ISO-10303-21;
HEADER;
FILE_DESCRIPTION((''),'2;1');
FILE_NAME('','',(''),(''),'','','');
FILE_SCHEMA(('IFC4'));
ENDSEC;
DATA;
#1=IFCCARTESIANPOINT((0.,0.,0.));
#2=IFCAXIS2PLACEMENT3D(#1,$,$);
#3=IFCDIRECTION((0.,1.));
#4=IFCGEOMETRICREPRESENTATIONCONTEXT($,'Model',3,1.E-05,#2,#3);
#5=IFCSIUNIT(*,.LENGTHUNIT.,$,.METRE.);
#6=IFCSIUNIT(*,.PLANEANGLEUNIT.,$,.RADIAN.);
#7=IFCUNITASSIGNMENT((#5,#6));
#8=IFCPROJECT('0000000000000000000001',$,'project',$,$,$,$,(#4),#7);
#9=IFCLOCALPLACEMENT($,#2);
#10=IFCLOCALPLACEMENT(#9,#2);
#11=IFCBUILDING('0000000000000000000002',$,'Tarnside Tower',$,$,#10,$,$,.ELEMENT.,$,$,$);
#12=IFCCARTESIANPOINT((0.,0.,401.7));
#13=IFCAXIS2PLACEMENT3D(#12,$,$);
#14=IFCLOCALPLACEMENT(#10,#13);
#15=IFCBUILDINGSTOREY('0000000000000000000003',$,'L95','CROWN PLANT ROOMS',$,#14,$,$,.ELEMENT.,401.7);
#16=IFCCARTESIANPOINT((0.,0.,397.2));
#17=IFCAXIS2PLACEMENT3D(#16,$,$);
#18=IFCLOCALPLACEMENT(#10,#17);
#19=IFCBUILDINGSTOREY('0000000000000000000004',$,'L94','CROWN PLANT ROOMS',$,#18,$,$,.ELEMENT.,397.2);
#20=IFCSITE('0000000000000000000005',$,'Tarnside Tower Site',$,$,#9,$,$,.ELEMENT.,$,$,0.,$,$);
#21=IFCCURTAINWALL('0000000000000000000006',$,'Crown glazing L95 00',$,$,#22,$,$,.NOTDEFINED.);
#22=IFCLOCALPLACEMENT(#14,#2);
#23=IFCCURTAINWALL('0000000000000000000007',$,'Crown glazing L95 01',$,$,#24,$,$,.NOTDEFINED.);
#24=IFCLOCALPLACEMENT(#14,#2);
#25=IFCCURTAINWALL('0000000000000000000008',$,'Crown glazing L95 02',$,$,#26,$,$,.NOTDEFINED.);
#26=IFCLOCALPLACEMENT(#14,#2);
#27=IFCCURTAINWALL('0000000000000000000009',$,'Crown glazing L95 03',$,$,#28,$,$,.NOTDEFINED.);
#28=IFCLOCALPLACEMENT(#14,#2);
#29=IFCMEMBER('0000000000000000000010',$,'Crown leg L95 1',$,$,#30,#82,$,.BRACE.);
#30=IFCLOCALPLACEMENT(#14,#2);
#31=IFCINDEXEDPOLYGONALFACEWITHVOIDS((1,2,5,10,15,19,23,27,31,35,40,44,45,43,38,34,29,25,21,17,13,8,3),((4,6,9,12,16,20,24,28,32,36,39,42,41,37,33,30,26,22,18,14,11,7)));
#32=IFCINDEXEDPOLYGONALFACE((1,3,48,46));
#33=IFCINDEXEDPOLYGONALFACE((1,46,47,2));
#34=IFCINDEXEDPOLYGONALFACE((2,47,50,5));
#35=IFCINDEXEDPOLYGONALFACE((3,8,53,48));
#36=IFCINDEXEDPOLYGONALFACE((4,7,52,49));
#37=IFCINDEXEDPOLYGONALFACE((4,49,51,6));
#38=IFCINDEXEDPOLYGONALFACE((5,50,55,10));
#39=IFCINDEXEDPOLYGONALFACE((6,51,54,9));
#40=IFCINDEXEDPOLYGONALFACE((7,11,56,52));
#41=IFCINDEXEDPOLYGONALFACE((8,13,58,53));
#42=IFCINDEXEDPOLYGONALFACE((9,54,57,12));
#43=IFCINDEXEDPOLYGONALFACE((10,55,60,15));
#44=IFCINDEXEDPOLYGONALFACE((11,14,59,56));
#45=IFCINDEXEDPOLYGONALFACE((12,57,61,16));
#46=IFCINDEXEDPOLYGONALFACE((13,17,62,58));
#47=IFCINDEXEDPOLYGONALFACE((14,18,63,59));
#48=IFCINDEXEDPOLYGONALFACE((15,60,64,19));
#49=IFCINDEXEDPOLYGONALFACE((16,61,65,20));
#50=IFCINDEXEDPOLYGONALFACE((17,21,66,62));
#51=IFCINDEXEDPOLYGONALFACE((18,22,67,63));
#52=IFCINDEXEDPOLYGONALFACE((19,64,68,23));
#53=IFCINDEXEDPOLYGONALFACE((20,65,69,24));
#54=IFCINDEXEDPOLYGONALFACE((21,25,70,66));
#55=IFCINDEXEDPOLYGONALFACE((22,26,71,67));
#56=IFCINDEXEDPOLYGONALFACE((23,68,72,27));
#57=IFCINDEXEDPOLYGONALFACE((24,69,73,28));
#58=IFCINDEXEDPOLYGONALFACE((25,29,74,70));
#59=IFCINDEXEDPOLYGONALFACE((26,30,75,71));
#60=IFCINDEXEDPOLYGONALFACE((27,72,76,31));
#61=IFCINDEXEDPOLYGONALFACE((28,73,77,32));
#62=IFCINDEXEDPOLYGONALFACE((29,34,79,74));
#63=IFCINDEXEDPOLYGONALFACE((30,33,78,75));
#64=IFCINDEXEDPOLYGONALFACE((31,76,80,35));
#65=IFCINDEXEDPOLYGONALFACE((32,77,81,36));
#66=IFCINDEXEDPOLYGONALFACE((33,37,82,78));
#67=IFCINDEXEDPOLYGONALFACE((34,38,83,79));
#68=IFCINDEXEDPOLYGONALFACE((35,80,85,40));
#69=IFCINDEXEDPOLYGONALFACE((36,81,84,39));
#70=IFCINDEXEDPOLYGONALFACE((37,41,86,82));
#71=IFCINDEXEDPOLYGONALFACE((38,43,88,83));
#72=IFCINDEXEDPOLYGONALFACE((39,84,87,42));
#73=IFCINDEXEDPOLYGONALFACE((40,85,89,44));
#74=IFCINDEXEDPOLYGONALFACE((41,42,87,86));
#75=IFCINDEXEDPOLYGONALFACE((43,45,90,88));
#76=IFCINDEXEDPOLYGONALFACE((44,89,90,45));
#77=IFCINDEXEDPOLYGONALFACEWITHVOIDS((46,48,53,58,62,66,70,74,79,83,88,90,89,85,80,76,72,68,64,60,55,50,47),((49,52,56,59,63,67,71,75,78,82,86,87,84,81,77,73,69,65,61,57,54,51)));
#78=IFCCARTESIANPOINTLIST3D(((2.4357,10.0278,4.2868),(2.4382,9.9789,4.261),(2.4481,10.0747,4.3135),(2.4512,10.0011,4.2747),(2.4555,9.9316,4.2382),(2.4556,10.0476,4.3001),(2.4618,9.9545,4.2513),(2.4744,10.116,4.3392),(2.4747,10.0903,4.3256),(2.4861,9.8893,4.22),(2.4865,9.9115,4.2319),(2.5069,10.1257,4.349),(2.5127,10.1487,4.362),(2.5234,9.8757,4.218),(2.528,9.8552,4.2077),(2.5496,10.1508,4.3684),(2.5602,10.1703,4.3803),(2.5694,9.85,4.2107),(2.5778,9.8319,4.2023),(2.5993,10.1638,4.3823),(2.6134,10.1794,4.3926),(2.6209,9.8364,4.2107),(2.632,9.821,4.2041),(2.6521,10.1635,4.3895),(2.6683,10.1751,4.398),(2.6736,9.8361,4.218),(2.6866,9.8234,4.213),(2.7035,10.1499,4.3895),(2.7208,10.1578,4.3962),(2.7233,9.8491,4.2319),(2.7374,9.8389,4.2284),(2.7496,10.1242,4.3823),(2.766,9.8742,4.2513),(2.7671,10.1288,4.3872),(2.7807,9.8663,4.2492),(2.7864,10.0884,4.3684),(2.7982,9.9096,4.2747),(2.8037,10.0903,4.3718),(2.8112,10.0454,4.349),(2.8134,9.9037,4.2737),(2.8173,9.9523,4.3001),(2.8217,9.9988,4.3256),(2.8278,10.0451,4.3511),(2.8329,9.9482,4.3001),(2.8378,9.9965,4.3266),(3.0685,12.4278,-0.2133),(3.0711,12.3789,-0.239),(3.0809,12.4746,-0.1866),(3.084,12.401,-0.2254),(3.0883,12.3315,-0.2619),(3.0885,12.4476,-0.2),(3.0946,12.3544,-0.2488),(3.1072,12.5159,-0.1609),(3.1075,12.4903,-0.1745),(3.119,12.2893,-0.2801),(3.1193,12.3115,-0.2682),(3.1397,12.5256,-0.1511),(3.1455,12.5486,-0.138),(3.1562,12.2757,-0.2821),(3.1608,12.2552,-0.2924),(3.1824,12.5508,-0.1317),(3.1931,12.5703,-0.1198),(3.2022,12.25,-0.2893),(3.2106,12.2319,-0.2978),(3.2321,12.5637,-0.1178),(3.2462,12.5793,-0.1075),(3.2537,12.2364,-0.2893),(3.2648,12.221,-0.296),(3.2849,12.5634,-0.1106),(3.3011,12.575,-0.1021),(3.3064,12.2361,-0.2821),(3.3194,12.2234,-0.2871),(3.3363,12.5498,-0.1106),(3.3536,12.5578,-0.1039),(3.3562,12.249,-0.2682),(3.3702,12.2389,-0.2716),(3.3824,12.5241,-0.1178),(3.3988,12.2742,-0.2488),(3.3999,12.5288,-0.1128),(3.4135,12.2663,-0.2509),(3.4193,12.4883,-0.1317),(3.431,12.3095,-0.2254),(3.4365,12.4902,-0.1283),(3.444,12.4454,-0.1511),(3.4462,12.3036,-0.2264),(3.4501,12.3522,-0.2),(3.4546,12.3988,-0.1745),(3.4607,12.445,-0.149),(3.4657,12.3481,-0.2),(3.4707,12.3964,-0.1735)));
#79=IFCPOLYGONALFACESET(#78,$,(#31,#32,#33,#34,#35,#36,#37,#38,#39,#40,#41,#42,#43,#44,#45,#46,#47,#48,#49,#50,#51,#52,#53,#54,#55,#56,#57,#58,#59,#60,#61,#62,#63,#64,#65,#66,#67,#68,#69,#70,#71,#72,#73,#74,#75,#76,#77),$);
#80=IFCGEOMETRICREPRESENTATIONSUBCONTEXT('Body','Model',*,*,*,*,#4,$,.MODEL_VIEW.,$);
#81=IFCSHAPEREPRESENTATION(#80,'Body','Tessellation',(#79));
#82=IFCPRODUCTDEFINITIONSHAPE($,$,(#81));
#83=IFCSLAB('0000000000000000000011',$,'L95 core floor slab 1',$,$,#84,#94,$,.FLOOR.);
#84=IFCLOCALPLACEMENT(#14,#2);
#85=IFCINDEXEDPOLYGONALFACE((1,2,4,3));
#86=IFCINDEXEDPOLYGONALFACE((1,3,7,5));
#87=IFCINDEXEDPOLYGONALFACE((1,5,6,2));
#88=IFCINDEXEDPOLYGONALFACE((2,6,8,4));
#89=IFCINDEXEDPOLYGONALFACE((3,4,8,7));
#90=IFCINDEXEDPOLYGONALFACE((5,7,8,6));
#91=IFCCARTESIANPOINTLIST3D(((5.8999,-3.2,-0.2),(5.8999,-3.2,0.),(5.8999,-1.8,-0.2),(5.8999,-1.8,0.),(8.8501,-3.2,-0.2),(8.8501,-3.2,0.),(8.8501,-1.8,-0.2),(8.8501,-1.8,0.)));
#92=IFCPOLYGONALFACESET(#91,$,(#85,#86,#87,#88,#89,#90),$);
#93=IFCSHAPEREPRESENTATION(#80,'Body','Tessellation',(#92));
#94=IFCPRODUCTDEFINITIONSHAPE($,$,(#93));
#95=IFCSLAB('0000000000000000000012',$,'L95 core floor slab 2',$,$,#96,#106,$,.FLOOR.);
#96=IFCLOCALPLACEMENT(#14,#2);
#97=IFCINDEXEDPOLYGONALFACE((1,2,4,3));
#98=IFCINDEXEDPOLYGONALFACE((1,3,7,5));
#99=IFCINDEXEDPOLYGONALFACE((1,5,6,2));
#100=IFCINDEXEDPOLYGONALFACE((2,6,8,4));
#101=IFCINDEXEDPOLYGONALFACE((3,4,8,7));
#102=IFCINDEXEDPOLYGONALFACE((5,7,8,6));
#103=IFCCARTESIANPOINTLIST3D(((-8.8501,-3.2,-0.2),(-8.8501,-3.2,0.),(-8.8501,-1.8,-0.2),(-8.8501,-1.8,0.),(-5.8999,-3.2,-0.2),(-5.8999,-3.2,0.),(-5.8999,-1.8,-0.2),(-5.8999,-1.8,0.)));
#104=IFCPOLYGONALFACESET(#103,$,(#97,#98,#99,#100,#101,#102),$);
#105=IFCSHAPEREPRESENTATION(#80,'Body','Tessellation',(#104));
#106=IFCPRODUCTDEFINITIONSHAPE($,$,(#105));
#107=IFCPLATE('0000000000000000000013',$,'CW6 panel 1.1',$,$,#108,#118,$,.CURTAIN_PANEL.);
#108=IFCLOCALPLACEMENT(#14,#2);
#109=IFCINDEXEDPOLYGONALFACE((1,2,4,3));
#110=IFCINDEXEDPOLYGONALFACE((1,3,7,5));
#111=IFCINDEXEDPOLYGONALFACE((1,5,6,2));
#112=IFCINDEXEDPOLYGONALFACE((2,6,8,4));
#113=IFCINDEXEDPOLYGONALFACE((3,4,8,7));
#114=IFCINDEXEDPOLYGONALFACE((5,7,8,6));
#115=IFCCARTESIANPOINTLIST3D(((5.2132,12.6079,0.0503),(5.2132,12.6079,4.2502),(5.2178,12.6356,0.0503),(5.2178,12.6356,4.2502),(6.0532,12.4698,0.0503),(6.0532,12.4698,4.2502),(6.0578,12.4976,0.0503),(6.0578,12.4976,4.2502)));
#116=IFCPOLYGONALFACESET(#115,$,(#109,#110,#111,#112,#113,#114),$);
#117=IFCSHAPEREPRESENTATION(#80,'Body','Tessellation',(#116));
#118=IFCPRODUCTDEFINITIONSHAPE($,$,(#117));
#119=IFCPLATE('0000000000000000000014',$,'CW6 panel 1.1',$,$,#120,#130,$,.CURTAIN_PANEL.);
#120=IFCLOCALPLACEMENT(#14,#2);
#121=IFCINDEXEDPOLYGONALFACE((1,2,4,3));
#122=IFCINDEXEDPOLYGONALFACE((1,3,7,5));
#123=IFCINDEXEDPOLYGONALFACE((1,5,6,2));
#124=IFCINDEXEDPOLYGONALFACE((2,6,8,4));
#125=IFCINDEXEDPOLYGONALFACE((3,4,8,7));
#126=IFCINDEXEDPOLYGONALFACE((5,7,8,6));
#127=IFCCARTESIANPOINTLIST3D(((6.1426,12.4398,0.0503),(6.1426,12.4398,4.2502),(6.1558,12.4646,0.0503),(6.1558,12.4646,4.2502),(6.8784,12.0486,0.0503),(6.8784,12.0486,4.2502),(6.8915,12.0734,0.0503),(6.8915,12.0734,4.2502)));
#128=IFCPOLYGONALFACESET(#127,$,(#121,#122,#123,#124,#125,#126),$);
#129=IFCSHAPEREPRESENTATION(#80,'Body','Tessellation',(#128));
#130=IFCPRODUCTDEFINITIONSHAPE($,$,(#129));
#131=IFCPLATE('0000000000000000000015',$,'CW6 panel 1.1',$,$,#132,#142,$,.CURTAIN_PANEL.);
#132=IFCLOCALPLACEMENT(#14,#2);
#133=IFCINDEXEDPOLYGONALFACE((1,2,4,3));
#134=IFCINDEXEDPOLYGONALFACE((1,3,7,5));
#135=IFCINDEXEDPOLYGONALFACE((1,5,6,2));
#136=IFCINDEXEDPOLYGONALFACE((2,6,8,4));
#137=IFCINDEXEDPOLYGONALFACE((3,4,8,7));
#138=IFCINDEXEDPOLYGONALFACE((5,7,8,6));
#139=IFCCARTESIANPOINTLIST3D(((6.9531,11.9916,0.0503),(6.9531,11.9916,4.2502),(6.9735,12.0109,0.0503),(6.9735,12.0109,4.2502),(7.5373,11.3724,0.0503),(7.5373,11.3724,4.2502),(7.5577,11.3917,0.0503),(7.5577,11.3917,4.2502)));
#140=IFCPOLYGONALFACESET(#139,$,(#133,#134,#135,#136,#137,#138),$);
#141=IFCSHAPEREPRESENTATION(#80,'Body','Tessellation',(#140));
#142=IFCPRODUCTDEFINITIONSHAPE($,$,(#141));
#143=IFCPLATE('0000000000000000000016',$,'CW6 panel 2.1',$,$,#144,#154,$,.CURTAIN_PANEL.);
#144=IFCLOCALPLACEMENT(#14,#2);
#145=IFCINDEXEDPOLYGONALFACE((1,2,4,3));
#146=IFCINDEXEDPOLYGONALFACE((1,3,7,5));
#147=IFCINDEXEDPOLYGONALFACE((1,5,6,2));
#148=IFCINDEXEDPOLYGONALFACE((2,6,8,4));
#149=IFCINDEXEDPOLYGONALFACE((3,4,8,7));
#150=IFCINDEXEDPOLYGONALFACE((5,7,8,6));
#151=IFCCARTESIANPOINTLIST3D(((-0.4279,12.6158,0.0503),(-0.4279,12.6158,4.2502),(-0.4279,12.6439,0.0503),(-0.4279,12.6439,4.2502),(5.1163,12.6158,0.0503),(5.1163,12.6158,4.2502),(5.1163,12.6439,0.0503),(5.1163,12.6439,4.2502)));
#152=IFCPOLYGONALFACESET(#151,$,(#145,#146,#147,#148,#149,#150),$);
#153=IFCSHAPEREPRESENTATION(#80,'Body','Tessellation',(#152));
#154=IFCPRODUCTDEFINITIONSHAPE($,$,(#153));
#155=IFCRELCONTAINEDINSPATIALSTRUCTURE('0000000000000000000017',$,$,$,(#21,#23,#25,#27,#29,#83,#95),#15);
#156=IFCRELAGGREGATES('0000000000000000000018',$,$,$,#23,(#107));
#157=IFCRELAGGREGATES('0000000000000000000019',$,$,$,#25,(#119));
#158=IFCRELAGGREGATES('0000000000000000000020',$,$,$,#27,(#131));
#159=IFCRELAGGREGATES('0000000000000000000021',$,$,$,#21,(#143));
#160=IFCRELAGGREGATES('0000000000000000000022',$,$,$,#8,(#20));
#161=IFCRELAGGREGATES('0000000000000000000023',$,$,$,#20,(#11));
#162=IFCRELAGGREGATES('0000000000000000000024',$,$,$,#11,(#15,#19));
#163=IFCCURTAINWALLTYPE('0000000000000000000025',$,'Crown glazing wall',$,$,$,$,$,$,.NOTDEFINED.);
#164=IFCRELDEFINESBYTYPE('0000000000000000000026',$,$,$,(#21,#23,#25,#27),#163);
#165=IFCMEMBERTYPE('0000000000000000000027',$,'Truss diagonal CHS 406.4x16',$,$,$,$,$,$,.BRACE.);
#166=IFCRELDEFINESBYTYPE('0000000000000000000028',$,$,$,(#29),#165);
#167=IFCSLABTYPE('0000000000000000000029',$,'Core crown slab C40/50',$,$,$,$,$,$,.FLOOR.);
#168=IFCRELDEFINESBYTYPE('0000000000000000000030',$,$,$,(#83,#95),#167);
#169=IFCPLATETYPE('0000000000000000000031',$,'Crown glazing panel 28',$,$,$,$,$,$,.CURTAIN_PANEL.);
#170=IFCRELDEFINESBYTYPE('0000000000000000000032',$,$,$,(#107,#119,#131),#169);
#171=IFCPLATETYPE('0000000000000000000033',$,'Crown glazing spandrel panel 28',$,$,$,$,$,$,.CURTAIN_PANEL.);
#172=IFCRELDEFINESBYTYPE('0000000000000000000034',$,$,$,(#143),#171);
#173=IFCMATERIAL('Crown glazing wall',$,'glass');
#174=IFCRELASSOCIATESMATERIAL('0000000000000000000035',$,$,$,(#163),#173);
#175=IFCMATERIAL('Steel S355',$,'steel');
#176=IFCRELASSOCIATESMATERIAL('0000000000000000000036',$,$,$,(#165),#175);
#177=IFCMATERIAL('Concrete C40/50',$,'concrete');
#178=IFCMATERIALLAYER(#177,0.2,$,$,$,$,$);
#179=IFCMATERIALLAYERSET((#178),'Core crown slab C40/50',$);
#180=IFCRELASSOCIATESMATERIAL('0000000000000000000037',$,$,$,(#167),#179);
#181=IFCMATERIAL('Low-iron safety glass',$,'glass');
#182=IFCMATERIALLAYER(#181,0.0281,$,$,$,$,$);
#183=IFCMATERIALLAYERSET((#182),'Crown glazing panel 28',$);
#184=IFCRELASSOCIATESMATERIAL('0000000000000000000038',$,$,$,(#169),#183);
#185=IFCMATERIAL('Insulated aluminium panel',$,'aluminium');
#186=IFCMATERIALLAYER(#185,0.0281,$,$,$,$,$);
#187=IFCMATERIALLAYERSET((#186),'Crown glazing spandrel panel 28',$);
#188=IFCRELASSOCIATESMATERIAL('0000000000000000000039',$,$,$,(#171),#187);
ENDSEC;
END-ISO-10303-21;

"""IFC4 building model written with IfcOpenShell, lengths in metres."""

from ifc_helpers import new_model, si_unit, direction, frame, origin, origin_2d, place, context, subcontext, project, spatial, polyline, rectangle, hollow_circle, outline, extrude, material, layer, layer_set, material_profile, profile_set, type_object, element, aggregate, save


model = new_model("IFC4")

# Units and contexts
model_context = context("Model", 3, precision=1e-05, world=origin(), true_north=direction((0.0, 1.0)))
body_context = subcontext(model_context, "Body", "Model", "MODEL_VIEW")
ifc_project = project(units=[si_unit("LENGTHUNIT", "METRE"), si_unit("PLANEANGLEUNIT", "RADIAN")], contexts=[model_context])

# Site, building, storey
site_placement = place(None, origin())
site = spatial("IfcSite", under=ifc_project, at=site_placement, Name="Tarnside Tower Site", CompositionType="ELEMENT", RefElevation=0.0)
building_placement = place(site_placement, origin())
building = spatial("IfcBuilding", under=site, at=building_placement, Name="Tarnside Tower", CompositionType="ELEMENT")
storey_1_placement = place(building_placement, frame((0.0, 0.0, 401.7)))
storey_1 = spatial("IfcBuildingStorey", under=building, at=storey_1_placement, Name="L95", Description="CROWN PLANT ROOMS", CompositionType="ELEMENT", Elevation=401.7)

# Curtain wall
ifc_material_1 = material(Name="Crown glazing wall", Category="glass")
curtain_wall_type = type_object("IfcCurtainWallType", Name="Crown glazing wall", PredefinedType="NOTDEFINED", material=ifc_material_1)
curtain_wall_1_placement = place(storey_1_placement, origin())
curtain_wall_1 = element("IfcCurtainWall", 1, at=curtain_wall_1_placement, inside=storey_1, type_object=curtain_wall_type, Name="Crown glazing L95 00", PredefinedType="NOTDEFINED")

# Curtain walls
curtain_wall_2_placement = place(storey_1_placement, origin())
curtain_wall_2 = element("IfcCurtainWall", 2, at=curtain_wall_2_placement, inside=storey_1, type_object=curtain_wall_type, Name="Crown glazing L95 01", PredefinedType="NOTDEFINED")
curtain_wall_3_placement = place(storey_1_placement, origin())
curtain_wall_3 = element("IfcCurtainWall", 3, at=curtain_wall_3_placement, inside=storey_1, type_object=curtain_wall_type, Name="Crown glazing L95 02", PredefinedType="NOTDEFINED")
curtain_wall_4_placement = place(storey_1_placement, origin())
curtain_wall_4 = element("IfcCurtainWall", 4, at=curtain_wall_4_placement, inside=storey_1, type_object=curtain_wall_type, Name="Crown glazing L95 03", PredefinedType="NOTDEFINED")

# Member
ifc_material_2 = material(Name="Steel S355", Category="steel")
ifc_material_profile_1 = material_profile(ifc_material_2, hollow_circle(Radius=0.2031, WallThickness=0.0161, at=origin_2d()), Name="CHS 406.4x16")
ifc_profile_set_1 = profile_set([ifc_material_profile_1], Name="Steel S355")
member_type_1 = type_object("IfcMemberType", Name="Truss diagonal CHS 406.4x16", PredefinedType="BRACE", material=ifc_profile_set_1)
member_1_placement = place(storey_1_placement, frame((3.2693, 12.3999, -0.2), z_axis=(-0.123138, -0.466992, 0.875646), x_axis=(0.96695, -0.254968, 0.0)))
element("IfcMember", 5, at=member_1_placement, inside=storey_1, type_object=member_type_1, Name="Crown leg L95 1", PredefinedType="BRACE", context=body_context, shape_type="SweptSolid", body=[
    extrude(hollow_circle(Radius=0.2031, WallThickness=0.0161, at=origin_2d()), origin(), (0.0, 0.0, 1.0), 5.1392),
])

# Slabs
ifc_material_3 = material(Name="Concrete C40/50", Category="concrete")
ifc_layer_1 = layer(ifc_material_3, 0.2)
ifc_layer_set_1 = layer_set([ifc_layer_1], Name="Core crown slab C40/50")
slab_type_1 = type_object("IfcSlabType", Name="Core crown slab C40/50", PredefinedType="FLOOR", material=ifc_layer_set_1)
slab_1_placement = place(storey_1_placement, frame((0.0, 0.0, -0.2)))
element("IfcSlab", 6, at=slab_1_placement, inside=storey_1, type_object=slab_type_1, Name="L95 core floor slab 1", PredefinedType="FLOOR", context=body_context, shape_type="SweptSolid", body=[
    extrude(outline(polyline([(8.8501, -3.2), (5.8999, -3.2), (5.8999, 3.2), (5.8999, 3.2), (5.8999, -1.8), (8.8501, -1.8), (8.8501, -3.2)])), origin(), (0.0, 0.0, 1.0), 0.2),
])
slab_2_placement = place(storey_1_placement, frame((0.0, 0.0, -0.2)))
element("IfcSlab", 7, at=slab_2_placement, inside=storey_1, type_object=slab_type_1, Name="L95 core floor slab 2", PredefinedType="FLOOR", context=body_context, shape_type="SweptSolid", body=[
    extrude(outline(polyline([(-5.8999, -3.2), (-8.8501, -3.2), (-8.8501, -1.8), (-5.8999, -1.8), (-5.8999, -3.2)])), origin(), (0.0, 0.0, 1.0), 0.2),
])

# Plates
ifc_material_4 = material(Name="Low-iron safety glass", Category="glass")
ifc_layer_2 = layer(ifc_material_4, 0.0281)
ifc_layer_set_2 = layer_set([ifc_layer_2], Name="Crown glazing panel 28")
plate_type_1 = type_object("IfcPlateType", Name="Crown glazing panel 28", PredefinedType="CURTAIN_PANEL", material=ifc_layer_set_2)
plate_1_placement = place(storey_1_placement, frame((5.6355, 12.5527, 0.0503), z_axis=(0.0, 0.0, 1.0), x_axis=(0.986762, -0.162178, 0.0)))
plate_1 = element("IfcPlate", 8, at=plate_1_placement, type_object=plate_type_1, Name="CW6 panel 1.1", PredefinedType="CURTAIN_PANEL", context=body_context, shape_type="SweptSolid", body=[
    extrude(rectangle(XDim=0.8513, YDim=0.0281, at=origin_2d()), origin(), (0.0, 0.0, 1.0), 4.2),
])
aggregate(curtain_wall_2, [plate_1])
plate_2_placement = place(storey_1_placement, frame((6.5171, 12.2566, 0.0503), z_axis=(0.0, 0.0, 1.0), x_axis=(0.882948, -0.469472, 0.0)))
plate_2 = element("IfcPlate", 9, at=plate_2_placement, type_object=plate_type_1, Name="CW6 panel 1.1", PredefinedType="CURTAIN_PANEL", context=body_context, shape_type="SweptSolid", body=[
    extrude(rectangle(XDim=0.8333, YDim=0.0281, at=origin_2d()), origin(), (0.0, 0.0, 1.0), 4.2),
])
aggregate(curtain_wall_3, [plate_2])
plate_3_placement = place(storey_1_placement, frame((7.2554, 11.6917, 0.0503), z_axis=(0.0, 0.0, 1.0), x_axis=(0.686242, -0.727374, 0.0)))
plate_3 = element("IfcPlate", 10, at=plate_3_placement, type_object=plate_type_1, Name="CW6 panel 1.1", PredefinedType="CURTAIN_PANEL", context=body_context, shape_type="SweptSolid", body=[
    extrude(rectangle(XDim=0.8513, YDim=0.0281, at=origin_2d()), origin(), (0.0, 0.0, 1.0), 4.2),
])
aggregate(curtain_wall_4, [plate_3])
ifc_material_5 = material(Name="Insulated aluminium panel", Category="aluminium")
ifc_layer_3 = layer(ifc_material_5, 0.0281)
ifc_layer_set_3 = layer_set([ifc_layer_3], Name="Crown glazing spandrel panel 28")
plate_type_2 = type_object("IfcPlateType", Name="Crown glazing spandrel panel 28", PredefinedType="CURTAIN_PANEL", material=ifc_layer_set_3)
plate_4_placement = place(storey_1_placement, frame((2.3442, 12.6299, 0.0503), z_axis=(0.0, 0.0, 1.0), x_axis=(1.0, 0.0, 0.0)))
plate_4 = element("IfcPlate", 11, at=plate_4_placement, type_object=plate_type_2, Name="CW6 panel 2.1", PredefinedType="CURTAIN_PANEL", context=body_context, shape_type="SweptSolid", body=[
    extrude(rectangle(XDim=5.5442, YDim=0.0281, at=origin_2d()), origin(), (0.0, 0.0, 1.0), 4.2),
])
aggregate(curtain_wall_1, [plate_4])

# Shared definitions
storey_2_placement = place(building_placement, frame((0.0, 0.0, 397.2)))
storey_2 = spatial("IfcBuildingStorey", under=building, at=storey_2_placement, Name="L94", Description="CROWN PLANT ROOMS", CompositionType="ELEMENT", Elevation=397.2)

save(model, "model.ifc")
